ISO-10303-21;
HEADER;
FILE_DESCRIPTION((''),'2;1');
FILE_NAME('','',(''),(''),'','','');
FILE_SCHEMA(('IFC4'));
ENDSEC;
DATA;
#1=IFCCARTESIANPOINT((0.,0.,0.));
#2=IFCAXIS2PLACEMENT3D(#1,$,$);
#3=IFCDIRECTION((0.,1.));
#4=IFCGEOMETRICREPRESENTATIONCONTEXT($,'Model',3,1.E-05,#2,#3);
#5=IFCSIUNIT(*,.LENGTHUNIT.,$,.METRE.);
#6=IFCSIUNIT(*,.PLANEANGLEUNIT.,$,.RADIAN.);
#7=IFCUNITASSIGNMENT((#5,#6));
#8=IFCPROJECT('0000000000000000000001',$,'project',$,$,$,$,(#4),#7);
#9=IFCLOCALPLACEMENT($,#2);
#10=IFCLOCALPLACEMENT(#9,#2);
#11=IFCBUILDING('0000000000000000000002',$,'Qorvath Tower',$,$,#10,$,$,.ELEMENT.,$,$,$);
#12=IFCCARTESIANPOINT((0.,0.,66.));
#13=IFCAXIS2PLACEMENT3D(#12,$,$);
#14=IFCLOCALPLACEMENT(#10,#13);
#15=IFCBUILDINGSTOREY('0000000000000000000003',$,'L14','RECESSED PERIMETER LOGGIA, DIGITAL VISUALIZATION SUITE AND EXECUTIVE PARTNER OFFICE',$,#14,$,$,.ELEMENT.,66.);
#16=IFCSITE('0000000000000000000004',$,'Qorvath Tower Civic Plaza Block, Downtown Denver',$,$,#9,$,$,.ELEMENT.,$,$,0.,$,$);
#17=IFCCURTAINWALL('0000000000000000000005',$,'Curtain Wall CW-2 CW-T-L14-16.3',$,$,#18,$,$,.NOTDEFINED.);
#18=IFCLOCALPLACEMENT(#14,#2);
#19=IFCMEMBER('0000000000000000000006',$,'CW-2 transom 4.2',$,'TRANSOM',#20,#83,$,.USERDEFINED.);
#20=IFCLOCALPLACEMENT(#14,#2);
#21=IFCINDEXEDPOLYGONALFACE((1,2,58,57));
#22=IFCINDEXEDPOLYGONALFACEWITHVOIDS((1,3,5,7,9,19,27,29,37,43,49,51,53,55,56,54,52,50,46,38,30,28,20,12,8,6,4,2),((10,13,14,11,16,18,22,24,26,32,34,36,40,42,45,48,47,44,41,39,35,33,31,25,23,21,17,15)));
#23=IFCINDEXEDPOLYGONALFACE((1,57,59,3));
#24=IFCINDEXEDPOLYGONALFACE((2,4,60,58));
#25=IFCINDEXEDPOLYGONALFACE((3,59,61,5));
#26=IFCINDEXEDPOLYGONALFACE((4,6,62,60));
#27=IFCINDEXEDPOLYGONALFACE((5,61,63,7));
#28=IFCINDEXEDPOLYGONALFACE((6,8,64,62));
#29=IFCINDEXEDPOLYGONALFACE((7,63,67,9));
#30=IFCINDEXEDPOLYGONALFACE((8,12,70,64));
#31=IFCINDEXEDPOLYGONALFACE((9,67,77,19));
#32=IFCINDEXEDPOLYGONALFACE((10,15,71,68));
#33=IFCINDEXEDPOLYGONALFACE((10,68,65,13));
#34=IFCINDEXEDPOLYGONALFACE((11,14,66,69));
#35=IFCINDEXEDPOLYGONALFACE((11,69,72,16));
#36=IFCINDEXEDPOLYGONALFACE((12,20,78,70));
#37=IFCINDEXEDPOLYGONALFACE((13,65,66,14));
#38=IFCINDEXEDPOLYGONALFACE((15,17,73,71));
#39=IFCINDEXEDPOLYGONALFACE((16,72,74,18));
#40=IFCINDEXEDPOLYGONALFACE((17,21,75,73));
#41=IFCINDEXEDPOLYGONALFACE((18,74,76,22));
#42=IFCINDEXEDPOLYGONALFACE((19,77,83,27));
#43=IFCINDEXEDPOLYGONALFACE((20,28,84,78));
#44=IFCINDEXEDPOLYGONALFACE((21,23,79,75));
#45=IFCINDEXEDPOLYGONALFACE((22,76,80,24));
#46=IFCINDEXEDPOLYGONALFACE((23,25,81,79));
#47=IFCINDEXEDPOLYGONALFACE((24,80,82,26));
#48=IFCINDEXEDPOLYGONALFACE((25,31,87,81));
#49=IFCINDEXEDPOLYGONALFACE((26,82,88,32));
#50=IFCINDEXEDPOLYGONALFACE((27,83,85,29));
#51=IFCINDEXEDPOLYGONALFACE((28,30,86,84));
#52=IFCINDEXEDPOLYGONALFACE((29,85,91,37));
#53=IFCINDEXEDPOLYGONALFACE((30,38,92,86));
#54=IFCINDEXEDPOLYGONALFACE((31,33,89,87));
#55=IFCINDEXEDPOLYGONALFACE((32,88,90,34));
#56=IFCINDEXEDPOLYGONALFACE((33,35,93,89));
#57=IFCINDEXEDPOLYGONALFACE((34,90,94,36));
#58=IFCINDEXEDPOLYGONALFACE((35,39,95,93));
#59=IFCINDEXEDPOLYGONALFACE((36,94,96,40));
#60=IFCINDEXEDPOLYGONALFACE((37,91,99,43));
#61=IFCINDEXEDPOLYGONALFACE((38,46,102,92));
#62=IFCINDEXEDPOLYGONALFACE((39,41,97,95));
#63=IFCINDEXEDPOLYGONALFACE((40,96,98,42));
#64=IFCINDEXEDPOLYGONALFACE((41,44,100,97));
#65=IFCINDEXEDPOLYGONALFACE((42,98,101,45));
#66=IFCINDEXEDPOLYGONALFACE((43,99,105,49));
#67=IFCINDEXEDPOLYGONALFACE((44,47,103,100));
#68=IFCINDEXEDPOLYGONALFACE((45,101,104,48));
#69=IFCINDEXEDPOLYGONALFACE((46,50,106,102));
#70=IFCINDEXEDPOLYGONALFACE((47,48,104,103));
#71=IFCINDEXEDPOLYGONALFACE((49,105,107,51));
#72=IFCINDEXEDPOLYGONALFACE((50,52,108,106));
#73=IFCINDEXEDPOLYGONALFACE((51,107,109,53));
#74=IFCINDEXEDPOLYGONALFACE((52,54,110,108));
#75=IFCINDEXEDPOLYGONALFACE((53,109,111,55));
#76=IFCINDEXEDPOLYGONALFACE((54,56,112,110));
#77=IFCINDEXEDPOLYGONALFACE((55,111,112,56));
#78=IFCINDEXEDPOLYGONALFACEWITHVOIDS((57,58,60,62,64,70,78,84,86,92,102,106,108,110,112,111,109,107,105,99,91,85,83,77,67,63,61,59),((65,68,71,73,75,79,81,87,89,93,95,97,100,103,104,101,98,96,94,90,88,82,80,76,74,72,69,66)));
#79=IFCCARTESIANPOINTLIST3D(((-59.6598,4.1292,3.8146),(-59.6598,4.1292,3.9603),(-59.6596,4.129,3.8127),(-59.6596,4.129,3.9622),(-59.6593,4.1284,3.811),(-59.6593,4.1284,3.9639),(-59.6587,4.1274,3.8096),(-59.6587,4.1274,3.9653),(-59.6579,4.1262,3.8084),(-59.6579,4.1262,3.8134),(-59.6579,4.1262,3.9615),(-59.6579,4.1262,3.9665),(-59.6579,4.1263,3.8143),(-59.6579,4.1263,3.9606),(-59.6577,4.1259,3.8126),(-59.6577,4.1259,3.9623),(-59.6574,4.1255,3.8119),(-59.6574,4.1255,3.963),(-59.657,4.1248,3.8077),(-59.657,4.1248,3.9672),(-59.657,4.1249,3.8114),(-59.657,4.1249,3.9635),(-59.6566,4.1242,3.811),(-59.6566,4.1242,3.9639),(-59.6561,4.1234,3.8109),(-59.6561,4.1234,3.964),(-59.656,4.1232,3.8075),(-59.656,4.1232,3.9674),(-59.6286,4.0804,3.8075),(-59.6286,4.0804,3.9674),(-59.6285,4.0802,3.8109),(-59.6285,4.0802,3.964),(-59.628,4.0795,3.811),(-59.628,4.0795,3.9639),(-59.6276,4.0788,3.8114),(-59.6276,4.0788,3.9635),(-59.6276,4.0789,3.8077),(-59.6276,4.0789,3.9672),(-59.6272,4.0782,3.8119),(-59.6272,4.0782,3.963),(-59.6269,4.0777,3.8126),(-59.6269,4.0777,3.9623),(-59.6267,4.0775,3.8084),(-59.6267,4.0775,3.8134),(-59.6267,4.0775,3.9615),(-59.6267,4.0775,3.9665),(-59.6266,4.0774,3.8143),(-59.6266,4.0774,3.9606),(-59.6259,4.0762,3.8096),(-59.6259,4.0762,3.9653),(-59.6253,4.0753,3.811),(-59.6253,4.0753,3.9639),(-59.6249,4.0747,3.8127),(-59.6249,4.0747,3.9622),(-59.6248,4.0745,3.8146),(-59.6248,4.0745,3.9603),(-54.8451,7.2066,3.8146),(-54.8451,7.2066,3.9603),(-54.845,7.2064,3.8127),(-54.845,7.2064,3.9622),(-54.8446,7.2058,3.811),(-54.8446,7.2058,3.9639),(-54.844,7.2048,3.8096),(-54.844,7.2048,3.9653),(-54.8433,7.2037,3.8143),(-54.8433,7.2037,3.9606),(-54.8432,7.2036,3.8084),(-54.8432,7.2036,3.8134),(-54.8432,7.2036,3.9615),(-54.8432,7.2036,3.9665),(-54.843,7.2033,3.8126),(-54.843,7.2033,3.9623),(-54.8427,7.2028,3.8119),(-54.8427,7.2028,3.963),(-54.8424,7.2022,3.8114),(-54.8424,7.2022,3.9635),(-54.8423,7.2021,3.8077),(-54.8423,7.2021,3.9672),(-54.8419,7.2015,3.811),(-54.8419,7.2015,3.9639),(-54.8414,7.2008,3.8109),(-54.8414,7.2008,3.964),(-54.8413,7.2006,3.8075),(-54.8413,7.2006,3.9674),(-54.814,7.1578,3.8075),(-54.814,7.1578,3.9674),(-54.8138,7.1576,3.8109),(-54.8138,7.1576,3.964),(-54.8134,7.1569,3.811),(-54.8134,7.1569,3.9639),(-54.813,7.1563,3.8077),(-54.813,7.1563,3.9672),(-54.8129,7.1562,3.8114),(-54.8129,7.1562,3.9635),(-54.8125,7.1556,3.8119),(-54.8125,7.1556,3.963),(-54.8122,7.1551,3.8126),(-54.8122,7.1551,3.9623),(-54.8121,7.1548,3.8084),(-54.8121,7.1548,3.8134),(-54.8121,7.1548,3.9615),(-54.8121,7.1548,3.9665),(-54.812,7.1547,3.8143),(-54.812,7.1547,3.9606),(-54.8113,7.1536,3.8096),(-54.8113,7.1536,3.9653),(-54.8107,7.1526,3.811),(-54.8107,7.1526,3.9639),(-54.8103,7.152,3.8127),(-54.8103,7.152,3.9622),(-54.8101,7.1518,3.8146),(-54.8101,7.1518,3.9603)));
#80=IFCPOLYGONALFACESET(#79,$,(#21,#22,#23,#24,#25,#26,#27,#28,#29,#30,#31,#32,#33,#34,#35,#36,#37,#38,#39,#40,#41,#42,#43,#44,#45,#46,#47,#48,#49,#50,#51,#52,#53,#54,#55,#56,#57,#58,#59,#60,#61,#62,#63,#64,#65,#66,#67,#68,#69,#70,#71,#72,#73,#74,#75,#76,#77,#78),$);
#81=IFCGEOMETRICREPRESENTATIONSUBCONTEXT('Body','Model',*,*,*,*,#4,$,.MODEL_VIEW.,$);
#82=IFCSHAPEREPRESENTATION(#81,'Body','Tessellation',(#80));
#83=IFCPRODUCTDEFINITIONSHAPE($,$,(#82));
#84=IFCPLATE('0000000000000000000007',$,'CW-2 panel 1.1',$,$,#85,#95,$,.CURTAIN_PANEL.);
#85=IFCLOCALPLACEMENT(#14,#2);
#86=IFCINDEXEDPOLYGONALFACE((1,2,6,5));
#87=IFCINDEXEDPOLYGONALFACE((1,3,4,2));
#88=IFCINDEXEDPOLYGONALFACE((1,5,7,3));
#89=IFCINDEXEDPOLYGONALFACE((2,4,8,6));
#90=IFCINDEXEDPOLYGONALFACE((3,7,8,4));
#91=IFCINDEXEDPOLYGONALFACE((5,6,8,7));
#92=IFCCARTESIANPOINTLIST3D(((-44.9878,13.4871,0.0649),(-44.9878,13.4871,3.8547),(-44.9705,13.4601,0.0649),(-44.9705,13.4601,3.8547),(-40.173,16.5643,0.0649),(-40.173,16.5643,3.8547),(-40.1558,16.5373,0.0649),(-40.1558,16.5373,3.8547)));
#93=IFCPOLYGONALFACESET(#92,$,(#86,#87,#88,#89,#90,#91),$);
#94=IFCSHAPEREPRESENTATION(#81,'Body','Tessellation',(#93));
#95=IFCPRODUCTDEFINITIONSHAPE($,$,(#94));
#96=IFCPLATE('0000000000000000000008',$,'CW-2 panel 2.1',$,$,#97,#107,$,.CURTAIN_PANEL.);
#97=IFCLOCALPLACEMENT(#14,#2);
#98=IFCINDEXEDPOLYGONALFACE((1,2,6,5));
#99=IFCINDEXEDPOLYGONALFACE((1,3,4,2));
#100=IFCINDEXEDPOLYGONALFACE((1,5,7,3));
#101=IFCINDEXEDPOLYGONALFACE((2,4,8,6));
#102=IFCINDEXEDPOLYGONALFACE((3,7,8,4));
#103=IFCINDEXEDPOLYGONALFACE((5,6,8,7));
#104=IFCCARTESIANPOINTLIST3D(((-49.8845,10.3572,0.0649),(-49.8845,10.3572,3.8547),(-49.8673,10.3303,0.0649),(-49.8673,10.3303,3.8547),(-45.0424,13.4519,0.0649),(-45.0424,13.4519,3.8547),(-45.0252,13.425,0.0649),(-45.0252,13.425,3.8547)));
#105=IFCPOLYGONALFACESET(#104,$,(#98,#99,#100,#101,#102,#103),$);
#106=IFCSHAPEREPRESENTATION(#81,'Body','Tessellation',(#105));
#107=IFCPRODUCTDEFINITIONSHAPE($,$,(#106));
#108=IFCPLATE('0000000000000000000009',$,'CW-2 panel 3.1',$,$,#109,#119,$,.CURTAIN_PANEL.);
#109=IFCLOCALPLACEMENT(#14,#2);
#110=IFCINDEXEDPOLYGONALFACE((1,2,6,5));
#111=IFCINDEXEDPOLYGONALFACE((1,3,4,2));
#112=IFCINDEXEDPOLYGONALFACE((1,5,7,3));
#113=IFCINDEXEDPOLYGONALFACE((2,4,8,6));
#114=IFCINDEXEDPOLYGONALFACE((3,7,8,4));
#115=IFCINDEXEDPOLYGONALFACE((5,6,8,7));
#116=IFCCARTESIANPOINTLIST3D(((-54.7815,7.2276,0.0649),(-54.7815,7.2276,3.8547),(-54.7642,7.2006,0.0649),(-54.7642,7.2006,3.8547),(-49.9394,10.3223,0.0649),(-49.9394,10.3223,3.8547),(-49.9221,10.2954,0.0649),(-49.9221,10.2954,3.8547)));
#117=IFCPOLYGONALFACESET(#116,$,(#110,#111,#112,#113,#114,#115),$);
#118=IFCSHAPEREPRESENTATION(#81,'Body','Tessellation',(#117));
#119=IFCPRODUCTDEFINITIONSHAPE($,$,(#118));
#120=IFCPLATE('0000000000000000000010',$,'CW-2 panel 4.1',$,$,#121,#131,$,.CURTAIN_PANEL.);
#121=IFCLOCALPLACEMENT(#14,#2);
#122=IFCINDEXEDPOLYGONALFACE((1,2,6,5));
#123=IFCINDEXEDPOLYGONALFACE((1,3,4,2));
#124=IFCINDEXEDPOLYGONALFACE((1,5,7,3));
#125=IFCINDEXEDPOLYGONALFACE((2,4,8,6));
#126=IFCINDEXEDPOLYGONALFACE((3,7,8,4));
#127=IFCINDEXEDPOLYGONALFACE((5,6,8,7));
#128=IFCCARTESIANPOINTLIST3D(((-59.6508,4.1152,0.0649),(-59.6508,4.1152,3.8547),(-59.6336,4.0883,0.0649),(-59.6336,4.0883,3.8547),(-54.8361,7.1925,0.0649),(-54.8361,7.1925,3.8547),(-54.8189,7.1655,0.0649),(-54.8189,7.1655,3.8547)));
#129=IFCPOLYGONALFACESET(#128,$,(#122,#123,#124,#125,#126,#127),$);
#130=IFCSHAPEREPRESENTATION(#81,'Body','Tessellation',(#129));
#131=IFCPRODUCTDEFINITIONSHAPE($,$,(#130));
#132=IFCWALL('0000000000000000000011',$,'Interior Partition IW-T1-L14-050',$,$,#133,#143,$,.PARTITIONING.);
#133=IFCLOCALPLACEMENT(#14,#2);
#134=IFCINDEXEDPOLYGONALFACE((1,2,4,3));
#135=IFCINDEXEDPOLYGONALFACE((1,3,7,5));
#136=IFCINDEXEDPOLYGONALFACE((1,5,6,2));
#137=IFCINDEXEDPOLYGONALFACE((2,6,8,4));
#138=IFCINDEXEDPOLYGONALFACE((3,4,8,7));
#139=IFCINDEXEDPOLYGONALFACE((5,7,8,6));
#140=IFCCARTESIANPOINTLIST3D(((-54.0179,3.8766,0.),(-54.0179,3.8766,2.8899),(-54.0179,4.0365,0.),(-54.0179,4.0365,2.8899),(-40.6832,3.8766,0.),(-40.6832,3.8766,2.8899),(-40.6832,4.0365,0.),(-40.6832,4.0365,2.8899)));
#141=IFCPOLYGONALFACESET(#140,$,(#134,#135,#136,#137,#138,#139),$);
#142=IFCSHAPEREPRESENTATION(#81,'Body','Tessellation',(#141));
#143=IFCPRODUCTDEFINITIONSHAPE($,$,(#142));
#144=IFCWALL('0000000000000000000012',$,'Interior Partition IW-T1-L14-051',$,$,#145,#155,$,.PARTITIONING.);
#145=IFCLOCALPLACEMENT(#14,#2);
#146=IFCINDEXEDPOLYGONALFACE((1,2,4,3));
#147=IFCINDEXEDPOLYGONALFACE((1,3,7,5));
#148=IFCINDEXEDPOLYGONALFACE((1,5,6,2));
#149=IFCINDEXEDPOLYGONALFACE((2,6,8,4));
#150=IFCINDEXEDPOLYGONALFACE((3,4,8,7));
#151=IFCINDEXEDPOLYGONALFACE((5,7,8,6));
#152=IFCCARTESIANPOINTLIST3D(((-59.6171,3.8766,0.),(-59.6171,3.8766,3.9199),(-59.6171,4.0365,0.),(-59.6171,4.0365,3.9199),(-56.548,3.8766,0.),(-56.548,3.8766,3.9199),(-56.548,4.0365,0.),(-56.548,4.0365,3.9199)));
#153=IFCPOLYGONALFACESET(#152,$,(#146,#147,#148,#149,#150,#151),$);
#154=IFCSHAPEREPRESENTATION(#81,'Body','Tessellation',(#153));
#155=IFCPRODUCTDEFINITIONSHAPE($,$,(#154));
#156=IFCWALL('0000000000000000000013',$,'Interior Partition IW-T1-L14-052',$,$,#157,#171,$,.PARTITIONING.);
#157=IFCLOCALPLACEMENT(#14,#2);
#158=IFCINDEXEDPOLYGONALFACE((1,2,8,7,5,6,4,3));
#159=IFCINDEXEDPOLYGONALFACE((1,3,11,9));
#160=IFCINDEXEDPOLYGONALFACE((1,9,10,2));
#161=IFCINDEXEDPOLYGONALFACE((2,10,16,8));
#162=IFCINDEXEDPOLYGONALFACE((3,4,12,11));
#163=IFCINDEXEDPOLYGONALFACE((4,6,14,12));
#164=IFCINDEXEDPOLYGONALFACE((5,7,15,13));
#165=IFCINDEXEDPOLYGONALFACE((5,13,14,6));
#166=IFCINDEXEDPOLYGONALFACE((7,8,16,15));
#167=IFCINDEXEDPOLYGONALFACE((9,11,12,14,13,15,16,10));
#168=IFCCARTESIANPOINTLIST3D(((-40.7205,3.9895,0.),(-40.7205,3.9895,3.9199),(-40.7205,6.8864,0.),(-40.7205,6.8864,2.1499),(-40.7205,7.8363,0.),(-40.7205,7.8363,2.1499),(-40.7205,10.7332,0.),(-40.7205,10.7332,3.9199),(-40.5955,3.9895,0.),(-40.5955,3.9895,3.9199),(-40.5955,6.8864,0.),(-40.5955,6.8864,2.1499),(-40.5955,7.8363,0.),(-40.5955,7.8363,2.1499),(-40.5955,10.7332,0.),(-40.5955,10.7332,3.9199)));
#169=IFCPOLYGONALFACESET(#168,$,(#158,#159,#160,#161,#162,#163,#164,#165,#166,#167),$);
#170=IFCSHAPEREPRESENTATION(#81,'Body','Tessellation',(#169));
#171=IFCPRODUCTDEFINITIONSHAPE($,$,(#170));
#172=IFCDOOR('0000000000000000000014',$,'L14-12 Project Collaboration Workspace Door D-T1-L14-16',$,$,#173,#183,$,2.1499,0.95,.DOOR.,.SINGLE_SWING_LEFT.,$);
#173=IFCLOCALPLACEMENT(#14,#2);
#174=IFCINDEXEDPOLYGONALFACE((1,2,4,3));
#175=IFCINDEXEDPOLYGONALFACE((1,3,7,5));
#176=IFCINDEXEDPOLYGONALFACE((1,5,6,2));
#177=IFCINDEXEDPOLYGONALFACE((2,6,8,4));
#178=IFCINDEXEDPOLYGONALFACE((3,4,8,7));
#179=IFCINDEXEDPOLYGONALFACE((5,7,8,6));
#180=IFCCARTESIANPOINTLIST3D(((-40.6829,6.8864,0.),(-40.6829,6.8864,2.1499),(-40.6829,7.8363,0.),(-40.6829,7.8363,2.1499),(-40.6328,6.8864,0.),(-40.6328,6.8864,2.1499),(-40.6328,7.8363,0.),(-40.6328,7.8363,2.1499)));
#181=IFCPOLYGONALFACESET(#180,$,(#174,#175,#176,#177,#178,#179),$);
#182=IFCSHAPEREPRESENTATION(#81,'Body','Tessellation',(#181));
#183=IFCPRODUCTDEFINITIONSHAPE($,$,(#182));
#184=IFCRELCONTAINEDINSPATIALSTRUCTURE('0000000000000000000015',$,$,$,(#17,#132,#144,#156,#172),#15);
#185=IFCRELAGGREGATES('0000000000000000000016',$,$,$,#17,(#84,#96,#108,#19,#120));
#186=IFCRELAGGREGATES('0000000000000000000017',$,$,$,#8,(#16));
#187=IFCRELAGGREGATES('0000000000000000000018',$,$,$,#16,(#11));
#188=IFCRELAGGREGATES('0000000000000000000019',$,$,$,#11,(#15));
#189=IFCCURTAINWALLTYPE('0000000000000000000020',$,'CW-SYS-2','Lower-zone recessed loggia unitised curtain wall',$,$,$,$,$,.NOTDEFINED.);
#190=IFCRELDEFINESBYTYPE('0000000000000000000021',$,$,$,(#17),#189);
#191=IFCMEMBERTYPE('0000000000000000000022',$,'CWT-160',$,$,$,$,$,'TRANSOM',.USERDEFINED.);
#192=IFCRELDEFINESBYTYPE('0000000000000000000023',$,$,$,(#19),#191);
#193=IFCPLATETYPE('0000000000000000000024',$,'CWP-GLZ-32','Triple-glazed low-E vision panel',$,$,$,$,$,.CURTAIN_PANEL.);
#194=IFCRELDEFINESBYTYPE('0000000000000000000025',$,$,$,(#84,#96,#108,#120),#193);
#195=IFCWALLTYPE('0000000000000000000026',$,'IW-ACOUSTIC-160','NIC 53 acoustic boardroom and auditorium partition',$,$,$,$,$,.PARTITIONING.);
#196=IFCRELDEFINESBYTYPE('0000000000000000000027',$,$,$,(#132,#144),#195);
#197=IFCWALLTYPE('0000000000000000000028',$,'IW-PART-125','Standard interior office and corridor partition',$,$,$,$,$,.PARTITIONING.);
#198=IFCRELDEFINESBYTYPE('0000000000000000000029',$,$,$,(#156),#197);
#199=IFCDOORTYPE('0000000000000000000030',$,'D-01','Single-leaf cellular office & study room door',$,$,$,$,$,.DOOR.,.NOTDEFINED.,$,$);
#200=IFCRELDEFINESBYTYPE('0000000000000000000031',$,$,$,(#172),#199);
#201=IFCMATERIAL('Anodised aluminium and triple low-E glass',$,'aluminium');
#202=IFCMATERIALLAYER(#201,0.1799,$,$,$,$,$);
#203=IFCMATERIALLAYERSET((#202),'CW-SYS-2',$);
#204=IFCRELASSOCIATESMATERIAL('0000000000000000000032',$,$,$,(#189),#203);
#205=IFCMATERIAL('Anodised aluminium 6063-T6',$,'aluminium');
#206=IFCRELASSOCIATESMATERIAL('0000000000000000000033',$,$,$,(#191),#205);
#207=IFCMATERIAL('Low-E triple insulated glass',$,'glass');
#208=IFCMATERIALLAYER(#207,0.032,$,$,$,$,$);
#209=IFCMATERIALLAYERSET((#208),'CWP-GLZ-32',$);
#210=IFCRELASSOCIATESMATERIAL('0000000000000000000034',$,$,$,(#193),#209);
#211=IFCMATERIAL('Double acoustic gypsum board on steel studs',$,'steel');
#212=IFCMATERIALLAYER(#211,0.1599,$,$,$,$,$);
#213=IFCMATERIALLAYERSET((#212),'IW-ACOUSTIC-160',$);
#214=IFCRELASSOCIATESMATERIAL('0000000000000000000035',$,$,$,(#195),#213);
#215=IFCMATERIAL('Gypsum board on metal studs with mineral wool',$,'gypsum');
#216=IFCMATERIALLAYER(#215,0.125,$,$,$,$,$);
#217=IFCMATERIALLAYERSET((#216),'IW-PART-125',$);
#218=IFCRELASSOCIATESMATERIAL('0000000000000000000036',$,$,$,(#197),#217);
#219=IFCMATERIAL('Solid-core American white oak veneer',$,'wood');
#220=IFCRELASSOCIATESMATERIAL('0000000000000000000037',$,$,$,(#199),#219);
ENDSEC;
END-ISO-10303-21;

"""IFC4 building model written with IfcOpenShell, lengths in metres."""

from ifc_helpers import new_model, si_unit, direction, frame, frame_2d, origin, origin_2d, place, context, subcontext, project, spatial, rectangle, hollow_rectangle, extrude, material, layer, layer_set, material_profile, profile_set, type_object, element, fill, aggregate, save


model = new_model("IFC4")

# Units and contexts
model_context = context("Model", 3, precision=1e-05, world=origin(), true_north=direction((0.0, 1.0)))
body_context = subcontext(model_context, "Body", "Model", "MODEL_VIEW")
ifc_project = project(units=[si_unit("LENGTHUNIT", "METRE"), si_unit("PLANEANGLEUNIT", "RADIAN")], contexts=[model_context])

# Site, building, storey
site_placement = place(None, origin())
site = spatial("IfcSite", under=ifc_project, at=site_placement, Name="Qorvath Tower Civic Plaza Block, Downtown Denver", CompositionType="ELEMENT", RefElevation=0.0)
building_placement = place(site_placement, origin())
building = spatial("IfcBuilding", under=site, at=building_placement, Name="Qorvath Tower", CompositionType="ELEMENT")
storey_placement = place(building_placement, frame((0.0, 0.0, 66.0)))
storey = spatial("IfcBuildingStorey", under=building, at=storey_placement, Name="L14", Description="RECESSED PERIMETER LOGGIA, DIGITAL VISUALIZATION SUITE AND EXECUTIVE PARTNER OFFICE", CompositionType="ELEMENT", Elevation=66.0)

# Shared definitions
ifc_material_1 = material(Name="Anodised aluminium and triple low-E glass", Category="aluminium")
ifc_layer_1 = layer(ifc_material_1, 0.1799)
ifc_layer_set_1 = layer_set([ifc_layer_1], Name="CW-SYS-2")
curtain_wall_type = type_object("IfcCurtainWallType", Name="CW-SYS-2", Description="Lower-zone recessed loggia unitised curtain wall", PredefinedType="NOTDEFINED", material=ifc_layer_set_1)

# Curtain wall, member, plates
curtain_wall_1_placement = place(storey_placement, origin())
curtain_wall_1 = element("IfcCurtainWall", 1, at=curtain_wall_1_placement, inside=storey, type_object=curtain_wall_type, Name="Curtain Wall CW-2 CW-T-L14-16.3", PredefinedType="NOTDEFINED")
ifc_material_2 = material(Name="Anodised aluminium 6063-T6", Category="aluminium")
ifc_material_profile_1 = material_profile(ifc_material_2, hollow_rectangle(XDim=0.0649, YDim=0.1599, WallThickness=0.0034, InnerFilletRadius=0.0034, OuterFilletRadius=0.0071, at=origin_2d()), Name="CWT 160x65")
ifc_profile_set_1 = profile_set([ifc_material_profile_1], Name="Anodised aluminium 6063-T6")
member_type_1 = type_object("IfcMemberType", Name="CWT-160", ElementType="TRANSOM", PredefinedType="USERDEFINED", material=ifc_profile_set_1)
member_1_placement = place(storey_placement, frame((-54.8276, 7.1792, 3.8875), z_axis=(-0.84259, -0.538555, 0.0), x_axis=(0.538555, -0.84259, 0.0)))
member_1 = element("IfcMember", 2, at=member_1_placement, type_object=member_type_1, Name="CW-2 transom 4.2", ObjectType="TRANSOM", PredefinedType="USERDEFINED", context=body_context, shape_type="SweptSolid", body=[
    extrude(hollow_rectangle(XDim=0.0649, YDim=0.1599, WallThickness=0.0034, InnerFilletRadius=0.0034, OuterFilletRadius=0.0071, at=origin_2d()), origin(), (0.0, 0.0, 1.0), 5.7141),
])
ifc_material_3 = material(Name="Low-E triple insulated glass", Category="glass")
ifc_layer_2 = layer(ifc_material_3, 0.032)
ifc_layer_set_2 = layer_set([ifc_layer_2], Name="CWP-GLZ-32")
plate_type = type_object("IfcPlateType", Name="CWP-GLZ-32", Description="Triple-glazed low-E vision panel", PredefinedType="CURTAIN_PANEL", material=ifc_layer_set_2)
plate_1_placement = place(storey_placement, frame((-42.5718, 15.0122, 0.0649), z_axis=(0.0, 0.0, 1.0), x_axis=(-0.842606, -0.538531, 0.0)))
plate_1 = element("IfcPlate", 3, at=plate_1_placement, type_object=plate_type, Name="CW-2 panel 1.1", PredefinedType="CURTAIN_PANEL", context=body_context, shape_type="SweptSolid", body=[
    extrude(rectangle(XDim=5.7141, YDim=0.032, at=origin_2d()), origin(), (0.0, 0.0, 1.0), 3.7898),
])
plate_2_placement = place(storey_placement, frame((-47.4548, 11.8911, 0.0649), z_axis=(0.0, 0.0, 1.0), x_axis=(-0.842606, -0.538531, 0.0)))
plate_2 = element("IfcPlate", 4, at=plate_2_placement, type_object=plate_type, Name="CW-2 panel 2.1", PredefinedType="CURTAIN_PANEL", context=body_context, shape_type="SweptSolid", body=[
    extrude(rectangle(XDim=5.7466, YDim=0.032, at=origin_2d()), origin(), (0.0, 0.0, 1.0), 3.7898),
])
plate_3_placement = place(storey_placement, frame((-52.3518, 8.7615, 0.0649), z_axis=(0.0, 0.0, 1.0), x_axis=(-0.842606, -0.538531, 0.0)))
plate_3 = element("IfcPlate", 5, at=plate_3_placement, type_object=plate_type, Name="CW-2 panel 3.1", PredefinedType="CURTAIN_PANEL", context=body_context, shape_type="SweptSolid", body=[
    extrude(rectangle(XDim=5.7466, YDim=0.032, at=origin_2d()), origin(), (0.0, 0.0, 1.0), 3.7898),
])
plate_4_placement = place(storey_placement, frame((-57.2349, 5.6404, 0.0649), z_axis=(0.0, 0.0, 1.0), x_axis=(-0.842606, -0.538531, 0.0)))
plate_4 = element("IfcPlate", 6, at=plate_4_placement, type_object=plate_type, Name="CW-2 panel 4.1", PredefinedType="CURTAIN_PANEL", context=body_context, shape_type="SweptSolid", body=[
    extrude(rectangle(XDim=5.7141, YDim=0.032, at=origin_2d()), origin(), (0.0, 0.0, 1.0), 3.7898),
])
aggregate(curtain_wall_1, [plate_1, plate_2, plate_3, member_1, plate_4])

# Walls
ifc_material_4 = material(Name="Double acoustic gypsum board on steel studs", Category="steel")
ifc_layer_3 = layer(ifc_material_4, 0.1599)
ifc_layer_set_3 = layer_set([ifc_layer_3], Name="IW-ACOUSTIC-160")
wall_type_1 = type_object("IfcWallType", Name="IW-ACOUSTIC-160", Description="NIC 53 acoustic boardroom and auditorium partition", PredefinedType="PARTITIONING", material=ifc_layer_set_3)
wall_1_placement = place(storey_placement, frame((-40.6831, 3.9565, 0.0), z_axis=(0.0, 0.0, 1.0), x_axis=(-1.0, 0.0, 0.0)))
element("IfcWall", 7, at=wall_1_placement, inside=storey, type_object=wall_type_1, Name="Interior Partition IW-T1-L14-050", PredefinedType="PARTITIONING", context=body_context, shape_type="SweptSolid", body=[
    extrude(rectangle(XDim=13.3347, YDim=0.1599, at=frame_2d((6.6675, 0.0))), origin(), (0.0, 0.0, 1.0), 2.8899),
])
wall_2_placement = place(storey_placement, frame((-56.5479, 3.9565, 0.0), z_axis=(0.0, 0.0, 1.0), x_axis=(-1.0, 0.0, 0.0)))
element("IfcWall", 8, at=wall_2_placement, inside=storey, type_object=wall_type_1, Name="Interior Partition IW-T1-L14-051", PredefinedType="PARTITIONING", context=body_context, shape_type="SweptSolid", body=[
    extrude(rectangle(XDim=3.0691, YDim=0.1599, at=frame_2d((1.5347, 0.0))), origin(), (0.0, 0.0, 1.0), 3.9199),
])

# Wall, opening, door
ifc_material_5 = material(Name="Gypsum board on metal studs with mineral wool", Category="gypsum")
ifc_layer_4 = layer(ifc_material_5, 0.125)
ifc_layer_set_4 = layer_set([ifc_layer_4], Name="IW-PART-125")
wall_type_2 = type_object("IfcWallType", Name="IW-PART-125", Description="Standard interior office and corridor partition", PredefinedType="PARTITIONING", material=ifc_layer_set_4)
wall_3_placement = place(storey_placement, frame((-40.658, 3.9895, 0.0), z_axis=(0.0, 0.0, 1.0), x_axis=(0.0, 1.0, 0.0)))
wall_3 = element("IfcWall", 9, at=wall_3_placement, inside=storey, type_object=wall_type_2, Name="Interior Partition IW-T1-L14-052", PredefinedType="PARTITIONING", context=body_context, shape_type="SweptSolid", body=[
    extrude(rectangle(XDim=6.7437, YDim=0.125, at=frame_2d((3.3718, 0.0))), origin(), (0.0, 0.0, 1.0), 3.9199),
])
opening_placement = place(wall_3_placement, frame((2.8967, 0.0, 0.0)))
opening = element("IfcOpeningElement", 10, at=opening_placement, cuts=wall_3, PredefinedType="OPENING", context=body_context, shape_type="SweptSolid", body=[
    extrude(rectangle(XDim=0.95, YDim=2.1499, at=frame_2d((0.4751, 1.075))), frame((0.0, 0.0725, 0.0), z_axis=(0.0, -1.0, 0.0), x_axis=(1.0, 0.0, 0.0)), (0.0, 0.0, 1.0), 0.145),
])
ifc_material_6 = material(Name="Solid-core American white oak veneer", Category="wood")
door_type = type_object("IfcDoorType", Name="D-01", Description="Single-leaf cellular office & study room door", OperationType="NOTDEFINED", PredefinedType="DOOR", material=ifc_material_6)
door_placement = place(opening_placement, origin())
door = element("IfcDoor", 11, at=door_placement, inside=storey, type_object=door_type, Name="L14-12 Project Collaboration Workspace Door D-T1-L14-16", OperationType="SINGLE_SWING_LEFT", OverallHeight=2.1499, OverallWidth=0.95, PredefinedType="DOOR", context=body_context, shape_type="SweptSolid", body=[
    extrude(rectangle(XDim=0.95, YDim=2.1499, at=frame_2d((0.4751, 1.075))), frame((0.0, 0.0249, 0.0), z_axis=(0.0, -1.0, 0.0), x_axis=(1.0, 0.0, 0.0)), (0.0, 0.0, 1.0), 0.05),
])
fill(opening, door)

save(model, "model.ifc")
